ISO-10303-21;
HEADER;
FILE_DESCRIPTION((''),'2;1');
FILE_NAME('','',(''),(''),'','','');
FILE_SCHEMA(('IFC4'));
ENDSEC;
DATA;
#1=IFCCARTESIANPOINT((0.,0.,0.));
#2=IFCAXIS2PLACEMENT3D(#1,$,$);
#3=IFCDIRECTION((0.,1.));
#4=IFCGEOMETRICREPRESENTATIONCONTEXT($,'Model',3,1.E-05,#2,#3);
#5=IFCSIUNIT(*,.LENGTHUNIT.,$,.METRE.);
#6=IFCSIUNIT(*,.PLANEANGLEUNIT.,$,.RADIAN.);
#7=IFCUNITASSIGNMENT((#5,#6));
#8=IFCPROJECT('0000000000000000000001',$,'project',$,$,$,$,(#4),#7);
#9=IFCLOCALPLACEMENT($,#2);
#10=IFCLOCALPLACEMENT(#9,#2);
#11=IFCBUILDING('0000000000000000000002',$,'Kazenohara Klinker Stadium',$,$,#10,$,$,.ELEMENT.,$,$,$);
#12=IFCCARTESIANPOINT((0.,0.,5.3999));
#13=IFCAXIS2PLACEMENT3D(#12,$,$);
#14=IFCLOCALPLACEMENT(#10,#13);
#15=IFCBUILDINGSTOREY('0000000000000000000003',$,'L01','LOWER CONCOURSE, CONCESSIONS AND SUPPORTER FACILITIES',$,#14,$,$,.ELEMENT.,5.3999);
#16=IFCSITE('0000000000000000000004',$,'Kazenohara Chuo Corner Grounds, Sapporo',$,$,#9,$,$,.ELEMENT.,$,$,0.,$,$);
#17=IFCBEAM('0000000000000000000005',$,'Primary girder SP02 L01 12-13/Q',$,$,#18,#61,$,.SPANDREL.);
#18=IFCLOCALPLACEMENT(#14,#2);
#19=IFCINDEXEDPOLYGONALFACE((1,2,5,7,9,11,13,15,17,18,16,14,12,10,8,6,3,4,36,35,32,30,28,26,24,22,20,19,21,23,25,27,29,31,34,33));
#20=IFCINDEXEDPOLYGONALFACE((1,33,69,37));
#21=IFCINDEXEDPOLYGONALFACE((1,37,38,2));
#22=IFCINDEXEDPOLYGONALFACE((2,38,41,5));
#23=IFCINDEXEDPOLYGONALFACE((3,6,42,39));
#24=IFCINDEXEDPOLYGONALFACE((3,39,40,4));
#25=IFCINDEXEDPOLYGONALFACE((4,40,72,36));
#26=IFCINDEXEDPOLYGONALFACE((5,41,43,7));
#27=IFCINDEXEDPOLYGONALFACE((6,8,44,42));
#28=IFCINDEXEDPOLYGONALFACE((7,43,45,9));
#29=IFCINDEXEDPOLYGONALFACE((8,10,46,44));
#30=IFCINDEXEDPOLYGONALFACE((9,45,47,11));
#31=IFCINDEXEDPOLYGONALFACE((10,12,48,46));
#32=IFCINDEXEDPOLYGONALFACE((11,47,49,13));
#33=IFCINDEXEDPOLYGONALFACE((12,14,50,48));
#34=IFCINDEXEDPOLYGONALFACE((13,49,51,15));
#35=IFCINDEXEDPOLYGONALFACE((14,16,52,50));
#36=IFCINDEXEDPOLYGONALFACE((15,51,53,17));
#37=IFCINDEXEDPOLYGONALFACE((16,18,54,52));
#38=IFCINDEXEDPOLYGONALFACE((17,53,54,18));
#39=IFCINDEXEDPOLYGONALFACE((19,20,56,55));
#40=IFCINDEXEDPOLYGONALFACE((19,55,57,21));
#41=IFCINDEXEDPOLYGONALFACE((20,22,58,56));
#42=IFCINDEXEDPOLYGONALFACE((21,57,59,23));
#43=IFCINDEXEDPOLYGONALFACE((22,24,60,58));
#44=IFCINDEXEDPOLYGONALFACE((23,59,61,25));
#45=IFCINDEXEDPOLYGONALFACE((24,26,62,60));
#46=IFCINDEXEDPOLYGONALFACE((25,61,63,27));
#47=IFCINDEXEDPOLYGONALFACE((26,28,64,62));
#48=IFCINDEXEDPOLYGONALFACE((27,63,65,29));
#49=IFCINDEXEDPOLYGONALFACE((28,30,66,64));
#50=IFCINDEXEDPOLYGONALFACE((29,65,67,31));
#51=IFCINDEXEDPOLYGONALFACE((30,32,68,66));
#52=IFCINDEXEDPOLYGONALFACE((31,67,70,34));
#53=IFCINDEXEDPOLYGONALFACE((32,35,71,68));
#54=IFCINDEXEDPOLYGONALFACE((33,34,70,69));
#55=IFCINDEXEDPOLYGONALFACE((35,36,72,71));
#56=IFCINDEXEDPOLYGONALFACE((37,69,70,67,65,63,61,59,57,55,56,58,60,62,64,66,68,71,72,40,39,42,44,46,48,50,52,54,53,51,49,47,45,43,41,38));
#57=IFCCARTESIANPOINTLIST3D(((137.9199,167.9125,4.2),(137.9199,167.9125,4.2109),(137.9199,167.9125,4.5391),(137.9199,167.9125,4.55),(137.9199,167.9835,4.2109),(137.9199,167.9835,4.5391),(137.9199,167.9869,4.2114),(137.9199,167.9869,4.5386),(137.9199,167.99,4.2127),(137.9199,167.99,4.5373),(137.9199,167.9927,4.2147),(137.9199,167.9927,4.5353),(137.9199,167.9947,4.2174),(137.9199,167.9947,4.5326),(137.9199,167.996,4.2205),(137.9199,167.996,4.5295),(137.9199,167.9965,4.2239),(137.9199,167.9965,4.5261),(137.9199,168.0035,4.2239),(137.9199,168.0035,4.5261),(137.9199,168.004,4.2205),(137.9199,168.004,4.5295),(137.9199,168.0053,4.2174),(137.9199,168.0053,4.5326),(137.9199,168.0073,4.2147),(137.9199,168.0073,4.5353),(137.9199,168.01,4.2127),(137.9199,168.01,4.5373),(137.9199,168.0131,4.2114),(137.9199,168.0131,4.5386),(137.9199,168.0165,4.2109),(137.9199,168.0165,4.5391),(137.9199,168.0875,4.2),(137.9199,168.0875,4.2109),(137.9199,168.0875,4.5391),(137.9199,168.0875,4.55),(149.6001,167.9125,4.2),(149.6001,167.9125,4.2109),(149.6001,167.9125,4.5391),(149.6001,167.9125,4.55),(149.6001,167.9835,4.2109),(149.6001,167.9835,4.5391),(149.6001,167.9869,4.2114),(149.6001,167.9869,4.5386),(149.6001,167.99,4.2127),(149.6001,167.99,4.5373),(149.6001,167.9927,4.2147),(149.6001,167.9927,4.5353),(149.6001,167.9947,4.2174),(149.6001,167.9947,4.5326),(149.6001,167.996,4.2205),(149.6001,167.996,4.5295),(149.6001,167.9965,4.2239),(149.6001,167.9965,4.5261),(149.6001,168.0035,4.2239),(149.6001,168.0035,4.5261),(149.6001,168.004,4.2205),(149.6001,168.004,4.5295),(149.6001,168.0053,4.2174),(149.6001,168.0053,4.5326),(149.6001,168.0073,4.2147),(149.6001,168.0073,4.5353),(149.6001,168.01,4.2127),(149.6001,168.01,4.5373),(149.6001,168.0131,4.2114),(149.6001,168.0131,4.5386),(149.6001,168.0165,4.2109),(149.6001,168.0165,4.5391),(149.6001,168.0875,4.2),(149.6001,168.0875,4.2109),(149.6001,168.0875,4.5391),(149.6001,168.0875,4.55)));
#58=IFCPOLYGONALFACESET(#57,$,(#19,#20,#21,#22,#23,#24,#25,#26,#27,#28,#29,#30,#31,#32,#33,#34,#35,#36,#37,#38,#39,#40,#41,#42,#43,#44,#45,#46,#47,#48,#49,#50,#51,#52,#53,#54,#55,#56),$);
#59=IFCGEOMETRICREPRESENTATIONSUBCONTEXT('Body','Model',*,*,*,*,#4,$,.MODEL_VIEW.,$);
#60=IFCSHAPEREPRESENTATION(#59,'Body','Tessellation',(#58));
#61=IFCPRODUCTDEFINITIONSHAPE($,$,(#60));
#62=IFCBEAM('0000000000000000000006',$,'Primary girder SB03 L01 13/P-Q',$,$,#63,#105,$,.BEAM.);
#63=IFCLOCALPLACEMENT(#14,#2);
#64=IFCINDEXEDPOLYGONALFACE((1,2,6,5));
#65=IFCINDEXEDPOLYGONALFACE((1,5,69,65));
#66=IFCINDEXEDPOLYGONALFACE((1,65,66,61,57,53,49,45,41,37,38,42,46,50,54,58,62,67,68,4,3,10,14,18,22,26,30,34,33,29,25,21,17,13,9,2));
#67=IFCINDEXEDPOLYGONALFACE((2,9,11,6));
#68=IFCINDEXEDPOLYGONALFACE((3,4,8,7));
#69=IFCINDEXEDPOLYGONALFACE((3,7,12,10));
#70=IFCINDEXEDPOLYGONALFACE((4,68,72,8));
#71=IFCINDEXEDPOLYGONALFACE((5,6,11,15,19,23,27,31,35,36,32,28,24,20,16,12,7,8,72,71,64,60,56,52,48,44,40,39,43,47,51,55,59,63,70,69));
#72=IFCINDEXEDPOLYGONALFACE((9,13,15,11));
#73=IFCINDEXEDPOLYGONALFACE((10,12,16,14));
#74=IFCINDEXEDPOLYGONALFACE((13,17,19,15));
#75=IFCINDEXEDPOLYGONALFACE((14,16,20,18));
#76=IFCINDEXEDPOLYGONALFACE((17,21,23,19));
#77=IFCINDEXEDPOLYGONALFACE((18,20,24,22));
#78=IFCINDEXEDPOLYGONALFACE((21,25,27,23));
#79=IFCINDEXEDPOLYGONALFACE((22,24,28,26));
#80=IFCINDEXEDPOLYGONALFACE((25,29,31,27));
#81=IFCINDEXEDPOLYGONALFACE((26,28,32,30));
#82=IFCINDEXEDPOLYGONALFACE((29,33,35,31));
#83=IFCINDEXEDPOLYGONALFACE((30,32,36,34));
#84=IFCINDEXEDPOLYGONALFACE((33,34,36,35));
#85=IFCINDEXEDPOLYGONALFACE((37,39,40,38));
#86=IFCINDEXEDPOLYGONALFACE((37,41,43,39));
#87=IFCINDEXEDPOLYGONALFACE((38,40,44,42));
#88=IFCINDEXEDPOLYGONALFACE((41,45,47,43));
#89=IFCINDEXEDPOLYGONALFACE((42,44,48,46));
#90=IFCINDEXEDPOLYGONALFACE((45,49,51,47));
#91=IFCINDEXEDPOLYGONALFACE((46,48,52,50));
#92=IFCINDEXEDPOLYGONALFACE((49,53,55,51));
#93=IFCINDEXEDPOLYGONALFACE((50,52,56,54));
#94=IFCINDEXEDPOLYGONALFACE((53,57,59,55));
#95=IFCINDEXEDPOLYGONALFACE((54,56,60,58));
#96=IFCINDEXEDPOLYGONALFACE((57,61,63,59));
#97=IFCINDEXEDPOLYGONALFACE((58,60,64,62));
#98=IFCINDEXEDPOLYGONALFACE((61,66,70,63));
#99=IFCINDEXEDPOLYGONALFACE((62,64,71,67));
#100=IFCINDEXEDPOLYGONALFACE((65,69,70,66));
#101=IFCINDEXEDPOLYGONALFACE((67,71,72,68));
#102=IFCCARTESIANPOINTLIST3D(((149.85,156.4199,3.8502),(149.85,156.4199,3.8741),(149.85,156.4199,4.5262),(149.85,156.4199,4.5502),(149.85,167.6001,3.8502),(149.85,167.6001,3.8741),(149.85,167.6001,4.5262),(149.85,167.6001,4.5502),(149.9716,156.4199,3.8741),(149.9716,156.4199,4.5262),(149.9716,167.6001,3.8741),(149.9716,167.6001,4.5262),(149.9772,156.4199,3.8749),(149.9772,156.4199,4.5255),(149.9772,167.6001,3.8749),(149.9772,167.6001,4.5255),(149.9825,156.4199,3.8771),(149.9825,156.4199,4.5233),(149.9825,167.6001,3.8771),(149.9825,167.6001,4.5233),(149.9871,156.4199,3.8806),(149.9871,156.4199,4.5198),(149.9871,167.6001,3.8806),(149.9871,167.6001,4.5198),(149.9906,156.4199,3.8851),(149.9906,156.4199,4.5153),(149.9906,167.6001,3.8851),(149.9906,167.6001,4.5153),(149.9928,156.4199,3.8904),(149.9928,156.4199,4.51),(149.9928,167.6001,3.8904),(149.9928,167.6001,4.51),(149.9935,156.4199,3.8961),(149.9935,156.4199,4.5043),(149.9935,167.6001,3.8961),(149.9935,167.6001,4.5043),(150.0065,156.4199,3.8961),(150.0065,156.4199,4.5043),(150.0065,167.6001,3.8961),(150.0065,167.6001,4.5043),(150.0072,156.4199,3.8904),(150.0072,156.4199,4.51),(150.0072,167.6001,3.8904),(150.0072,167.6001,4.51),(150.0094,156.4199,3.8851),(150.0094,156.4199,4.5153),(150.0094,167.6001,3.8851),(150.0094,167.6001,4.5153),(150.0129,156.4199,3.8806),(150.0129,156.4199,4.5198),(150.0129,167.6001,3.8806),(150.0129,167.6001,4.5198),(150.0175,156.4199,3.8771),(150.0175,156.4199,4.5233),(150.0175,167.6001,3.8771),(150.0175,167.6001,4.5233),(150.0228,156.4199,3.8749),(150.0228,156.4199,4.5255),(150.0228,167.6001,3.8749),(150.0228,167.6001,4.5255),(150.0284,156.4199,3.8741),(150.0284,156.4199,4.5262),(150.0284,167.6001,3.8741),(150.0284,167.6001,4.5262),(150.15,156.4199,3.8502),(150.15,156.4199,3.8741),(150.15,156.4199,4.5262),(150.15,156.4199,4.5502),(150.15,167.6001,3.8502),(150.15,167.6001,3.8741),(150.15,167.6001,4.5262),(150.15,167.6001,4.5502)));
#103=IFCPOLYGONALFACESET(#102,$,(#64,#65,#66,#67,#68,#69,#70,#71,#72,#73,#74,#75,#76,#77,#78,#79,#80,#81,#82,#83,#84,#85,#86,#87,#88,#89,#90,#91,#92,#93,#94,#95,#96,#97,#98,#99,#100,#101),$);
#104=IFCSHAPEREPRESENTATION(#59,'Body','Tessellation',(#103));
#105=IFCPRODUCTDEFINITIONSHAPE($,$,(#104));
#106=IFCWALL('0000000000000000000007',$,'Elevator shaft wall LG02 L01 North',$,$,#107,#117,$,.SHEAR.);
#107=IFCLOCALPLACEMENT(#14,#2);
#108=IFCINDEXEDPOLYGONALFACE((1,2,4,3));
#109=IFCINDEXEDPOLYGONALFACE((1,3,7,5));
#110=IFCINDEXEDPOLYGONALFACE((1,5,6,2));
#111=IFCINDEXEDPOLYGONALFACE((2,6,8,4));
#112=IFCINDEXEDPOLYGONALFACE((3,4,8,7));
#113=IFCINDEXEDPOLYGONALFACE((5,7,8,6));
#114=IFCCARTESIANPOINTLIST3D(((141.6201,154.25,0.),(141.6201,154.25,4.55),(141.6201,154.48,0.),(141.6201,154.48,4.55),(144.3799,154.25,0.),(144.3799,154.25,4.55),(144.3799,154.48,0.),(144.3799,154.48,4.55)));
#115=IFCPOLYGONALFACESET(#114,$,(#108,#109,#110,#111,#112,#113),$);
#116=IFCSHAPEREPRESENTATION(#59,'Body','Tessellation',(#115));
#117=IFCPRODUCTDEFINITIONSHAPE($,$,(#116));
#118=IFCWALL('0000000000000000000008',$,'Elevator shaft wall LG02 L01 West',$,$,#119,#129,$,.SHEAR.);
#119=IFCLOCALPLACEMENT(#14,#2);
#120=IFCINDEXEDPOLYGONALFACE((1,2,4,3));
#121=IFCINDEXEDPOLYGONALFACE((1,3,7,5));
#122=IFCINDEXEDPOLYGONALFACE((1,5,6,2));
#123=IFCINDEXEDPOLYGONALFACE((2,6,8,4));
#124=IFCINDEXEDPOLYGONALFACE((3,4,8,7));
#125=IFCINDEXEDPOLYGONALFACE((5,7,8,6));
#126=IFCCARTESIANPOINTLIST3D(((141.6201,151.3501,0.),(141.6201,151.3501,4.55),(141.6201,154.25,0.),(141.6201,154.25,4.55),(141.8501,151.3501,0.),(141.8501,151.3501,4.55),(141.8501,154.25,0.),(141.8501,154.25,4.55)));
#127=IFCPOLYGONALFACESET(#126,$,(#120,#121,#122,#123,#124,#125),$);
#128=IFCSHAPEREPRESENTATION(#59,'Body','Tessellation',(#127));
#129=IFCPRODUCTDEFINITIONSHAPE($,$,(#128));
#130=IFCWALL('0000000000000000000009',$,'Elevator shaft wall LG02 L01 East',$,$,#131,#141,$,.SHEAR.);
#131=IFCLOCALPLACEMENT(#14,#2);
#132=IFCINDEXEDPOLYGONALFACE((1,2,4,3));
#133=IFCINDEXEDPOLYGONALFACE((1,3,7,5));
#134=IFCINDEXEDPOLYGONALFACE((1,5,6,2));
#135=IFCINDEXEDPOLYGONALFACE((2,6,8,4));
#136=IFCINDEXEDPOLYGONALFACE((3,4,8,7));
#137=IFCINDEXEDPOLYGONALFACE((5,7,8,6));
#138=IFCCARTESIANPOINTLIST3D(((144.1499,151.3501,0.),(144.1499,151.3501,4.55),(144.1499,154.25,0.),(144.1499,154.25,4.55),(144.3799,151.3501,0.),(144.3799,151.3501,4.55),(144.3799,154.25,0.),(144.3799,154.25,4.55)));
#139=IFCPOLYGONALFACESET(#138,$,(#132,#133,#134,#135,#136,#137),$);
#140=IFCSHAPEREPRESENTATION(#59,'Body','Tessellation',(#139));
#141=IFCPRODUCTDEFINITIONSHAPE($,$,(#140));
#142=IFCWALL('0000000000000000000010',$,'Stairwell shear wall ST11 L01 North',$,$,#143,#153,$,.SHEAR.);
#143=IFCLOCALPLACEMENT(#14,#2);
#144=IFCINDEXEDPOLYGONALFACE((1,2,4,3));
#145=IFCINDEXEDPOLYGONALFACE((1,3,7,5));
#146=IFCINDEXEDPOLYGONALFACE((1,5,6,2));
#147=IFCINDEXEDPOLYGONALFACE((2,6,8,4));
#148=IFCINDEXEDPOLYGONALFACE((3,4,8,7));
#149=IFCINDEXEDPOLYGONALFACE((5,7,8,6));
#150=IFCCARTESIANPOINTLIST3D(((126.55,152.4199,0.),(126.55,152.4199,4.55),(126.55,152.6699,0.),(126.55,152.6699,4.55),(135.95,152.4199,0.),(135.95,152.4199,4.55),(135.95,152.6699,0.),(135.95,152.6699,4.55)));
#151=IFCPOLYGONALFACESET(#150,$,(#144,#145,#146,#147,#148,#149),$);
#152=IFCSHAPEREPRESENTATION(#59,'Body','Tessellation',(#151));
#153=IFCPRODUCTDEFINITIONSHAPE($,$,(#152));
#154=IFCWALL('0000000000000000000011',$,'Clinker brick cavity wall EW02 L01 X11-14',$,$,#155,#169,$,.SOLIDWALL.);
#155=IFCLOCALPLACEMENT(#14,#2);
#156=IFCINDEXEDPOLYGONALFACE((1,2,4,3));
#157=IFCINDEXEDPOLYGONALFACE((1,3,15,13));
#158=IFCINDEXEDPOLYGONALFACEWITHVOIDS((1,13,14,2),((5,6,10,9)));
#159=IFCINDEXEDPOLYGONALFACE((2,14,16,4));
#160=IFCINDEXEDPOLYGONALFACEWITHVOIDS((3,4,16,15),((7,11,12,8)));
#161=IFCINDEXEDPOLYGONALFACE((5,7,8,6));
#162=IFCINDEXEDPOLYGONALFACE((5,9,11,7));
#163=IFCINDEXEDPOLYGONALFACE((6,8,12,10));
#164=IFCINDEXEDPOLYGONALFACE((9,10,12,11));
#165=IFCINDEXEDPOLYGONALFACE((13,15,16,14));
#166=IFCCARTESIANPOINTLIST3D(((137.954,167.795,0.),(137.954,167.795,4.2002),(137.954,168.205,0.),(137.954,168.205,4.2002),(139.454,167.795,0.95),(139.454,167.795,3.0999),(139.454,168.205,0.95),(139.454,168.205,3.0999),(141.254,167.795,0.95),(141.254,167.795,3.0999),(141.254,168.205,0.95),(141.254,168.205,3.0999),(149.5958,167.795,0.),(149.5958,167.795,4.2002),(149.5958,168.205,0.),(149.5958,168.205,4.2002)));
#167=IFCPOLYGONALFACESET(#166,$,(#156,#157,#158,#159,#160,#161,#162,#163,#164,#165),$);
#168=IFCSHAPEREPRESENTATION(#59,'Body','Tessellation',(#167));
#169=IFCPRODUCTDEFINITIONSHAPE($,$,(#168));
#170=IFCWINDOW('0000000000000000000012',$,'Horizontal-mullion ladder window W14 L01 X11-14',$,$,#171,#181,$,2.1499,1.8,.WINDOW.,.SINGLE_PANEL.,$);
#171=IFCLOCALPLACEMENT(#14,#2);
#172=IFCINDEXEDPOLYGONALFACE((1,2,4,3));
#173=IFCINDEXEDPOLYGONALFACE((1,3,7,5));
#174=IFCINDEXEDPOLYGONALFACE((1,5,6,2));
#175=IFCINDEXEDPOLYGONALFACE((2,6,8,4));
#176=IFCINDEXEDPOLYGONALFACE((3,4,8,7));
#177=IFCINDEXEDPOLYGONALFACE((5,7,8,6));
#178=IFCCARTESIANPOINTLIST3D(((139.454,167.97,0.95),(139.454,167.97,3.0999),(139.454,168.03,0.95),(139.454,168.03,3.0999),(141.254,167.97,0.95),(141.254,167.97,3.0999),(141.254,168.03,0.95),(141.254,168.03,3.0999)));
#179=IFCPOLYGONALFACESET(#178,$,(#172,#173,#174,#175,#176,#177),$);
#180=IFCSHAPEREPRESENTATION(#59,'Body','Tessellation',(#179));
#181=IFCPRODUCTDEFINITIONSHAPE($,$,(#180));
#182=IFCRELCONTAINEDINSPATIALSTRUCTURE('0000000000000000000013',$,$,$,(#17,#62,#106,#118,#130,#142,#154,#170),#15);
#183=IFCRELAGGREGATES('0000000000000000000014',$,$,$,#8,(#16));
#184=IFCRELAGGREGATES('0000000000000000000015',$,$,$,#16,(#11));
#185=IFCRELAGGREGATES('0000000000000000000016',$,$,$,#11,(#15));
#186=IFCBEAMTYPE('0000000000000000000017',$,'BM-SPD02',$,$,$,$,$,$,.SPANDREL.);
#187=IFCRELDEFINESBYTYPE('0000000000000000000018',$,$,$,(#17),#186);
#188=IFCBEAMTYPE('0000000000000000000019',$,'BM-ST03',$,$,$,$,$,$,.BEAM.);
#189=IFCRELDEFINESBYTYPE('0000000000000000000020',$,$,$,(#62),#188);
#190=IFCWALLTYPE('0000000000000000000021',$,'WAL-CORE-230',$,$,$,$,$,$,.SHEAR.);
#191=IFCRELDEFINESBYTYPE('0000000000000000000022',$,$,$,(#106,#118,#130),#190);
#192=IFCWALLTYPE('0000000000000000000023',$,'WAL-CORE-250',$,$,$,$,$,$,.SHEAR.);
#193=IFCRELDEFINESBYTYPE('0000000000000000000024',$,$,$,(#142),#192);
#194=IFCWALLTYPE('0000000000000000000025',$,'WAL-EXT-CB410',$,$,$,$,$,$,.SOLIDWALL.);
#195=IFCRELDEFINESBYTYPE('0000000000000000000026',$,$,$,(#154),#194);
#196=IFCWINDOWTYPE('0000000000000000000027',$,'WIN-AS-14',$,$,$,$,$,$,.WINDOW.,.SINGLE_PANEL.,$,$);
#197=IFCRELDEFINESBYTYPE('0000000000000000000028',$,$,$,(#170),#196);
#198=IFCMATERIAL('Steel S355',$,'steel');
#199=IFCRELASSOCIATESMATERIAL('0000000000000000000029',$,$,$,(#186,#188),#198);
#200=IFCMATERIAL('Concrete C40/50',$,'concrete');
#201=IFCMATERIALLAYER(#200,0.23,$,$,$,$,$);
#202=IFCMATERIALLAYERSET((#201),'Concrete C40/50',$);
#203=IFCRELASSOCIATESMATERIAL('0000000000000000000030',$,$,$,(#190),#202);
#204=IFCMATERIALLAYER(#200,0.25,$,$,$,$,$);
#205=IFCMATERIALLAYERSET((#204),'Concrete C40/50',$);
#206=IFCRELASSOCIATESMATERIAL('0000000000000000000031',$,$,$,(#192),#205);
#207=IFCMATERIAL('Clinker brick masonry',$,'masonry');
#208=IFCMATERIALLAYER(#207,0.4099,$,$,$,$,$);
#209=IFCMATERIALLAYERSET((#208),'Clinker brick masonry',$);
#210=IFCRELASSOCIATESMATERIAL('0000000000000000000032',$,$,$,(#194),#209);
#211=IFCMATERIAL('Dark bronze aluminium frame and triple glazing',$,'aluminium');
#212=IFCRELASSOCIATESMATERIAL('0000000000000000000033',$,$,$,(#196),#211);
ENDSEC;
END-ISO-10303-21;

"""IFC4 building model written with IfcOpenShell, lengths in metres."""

from ifc_helpers import new_model, si_unit, direction, frame, frame_2d, origin, origin_2d, place, context, subcontext, project, spatial, rectangle, i_section, extrude, material, layer, layer_set, material_profile, profile_set, type_object, element, fill, save


model = new_model("IFC4")

# Units and contexts
model_context = context("Model", 3, precision=1e-05, world=origin(), true_north=direction((0.0, 1.0)))
body_context = subcontext(model_context, "Body", "Model", "MODEL_VIEW")
ifc_project = project(units=[si_unit("LENGTHUNIT", "METRE"), si_unit("PLANEANGLEUNIT", "RADIAN")], contexts=[model_context])

# Site, building, storey
site_placement = place(None, origin())
site = spatial("IfcSite", under=ifc_project, at=site_placement, Name="Kazenohara Chuo Corner Grounds, Sapporo", CompositionType="ELEMENT", RefElevation=0.0)
building_placement = place(site_placement, origin())
building = spatial("IfcBuilding", under=site, at=building_placement, Name="Kazenohara Klinker Stadium", CompositionType="ELEMENT")
storey_placement = place(building_placement, frame((0.0, 0.0, 5.3999)))
storey = spatial("IfcBuildingStorey", under=building, at=storey_placement, Name="L01", Description="LOWER CONCOURSE, CONCESSIONS AND SUPPORTER FACILITIES", CompositionType="ELEMENT", Elevation=5.3999)

# Shared definitions
ifc_material_1 = material(Name="Concrete C40/50", Category="concrete")

# Beams
ifc_material_2 = material(Name="Steel S355", Category="steel")
ifc_material_profile_1 = material_profile(ifc_material_2, i_section(OverallWidth=0.175, OverallDepth=0.3501, WebThickness=0.0071, FlangeThickness=0.011, FilletRadius=0.0129, at=origin_2d()), Name="H-350x175x7x11")
ifc_profile_set_1 = profile_set([ifc_material_profile_1], Name="Steel S355")
beam_type_1 = type_object("IfcBeamType", Name="BM-SPD02", PredefinedType="SPANDREL", material=ifc_profile_set_1)
beam_1_placement = place(storey_placement, frame((137.9199, 168.0, 4.375), z_axis=(1.0, 0.0, 0.0), x_axis=(0.0, 1.0, 0.0)))
element("IfcBeam", 1, at=beam_1_placement, inside=storey, type_object=beam_type_1, Name="Primary girder SP02 L01 12-13/Q", PredefinedType="SPANDREL", context=body_context, shape_type="SweptSolid", body=[
    extrude(i_section(OverallWidth=0.175, OverallDepth=0.3501, WebThickness=0.0071, FlangeThickness=0.011, FilletRadius=0.0129, at=origin_2d()), origin(), (0.0, 0.0, 1.0), 11.6802),
])
ifc_material_profile_2 = material_profile(ifc_material_2, i_section(OverallWidth=0.3, OverallDepth=0.7, WebThickness=0.0129, FlangeThickness=0.0239, FilletRadius=0.022, at=origin_2d()), Name="H-700x300x13x24")
ifc_profile_set_2 = profile_set([ifc_material_profile_2], Name="Steel S355")
beam_type_2 = type_object("IfcBeamType", Name="BM-ST03", PredefinedType="BEAM", material=ifc_profile_set_2)
beam_2_placement = place(storey_placement, frame((150.0, 156.4199, 4.2002), z_axis=(0.0, 1.0, 0.0), x_axis=(-1.0, 0.0, 0.0)))
element("IfcBeam", 2, at=beam_2_placement, inside=storey, type_object=beam_type_2, Name="Primary girder SB03 L01 13/P-Q", PredefinedType="BEAM", context=body_context, shape_type="SweptSolid", body=[
    extrude(i_section(OverallWidth=0.3, OverallDepth=0.7, WebThickness=0.0129, FlangeThickness=0.0239, FilletRadius=0.022, at=origin_2d()), origin(), (0.0, 0.0, 1.0), 11.1802),
])

# Walls
ifc_layer_1 = layer(ifc_material_1, 0.23)
ifc_layer_set_1 = layer_set([ifc_layer_1], Name="Concrete C40/50")
wall_type_1 = type_object("IfcWallType", Name="WAL-CORE-230", PredefinedType="SHEAR", material=ifc_layer_set_1)
wall_1_placement = place(storey_placement, frame((141.6201, 154.365, 0.0), z_axis=(0.0, 0.0, 1.0), x_axis=(1.0, 0.0, 0.0)))
element("IfcWall", 3, at=wall_1_placement, inside=storey, type_object=wall_type_1, Name="Elevator shaft wall LG02 L01 North", PredefinedType="SHEAR", context=body_context, shape_type="SweptSolid", body=[
    extrude(rectangle(XDim=2.7598, YDim=0.23, at=frame_2d((1.3799, 0.0))), origin(), (0.0, 0.0, 1.0), 4.55),
])
for number, where, z_axis, x_axis, name in (
    (4, (141.7351, 151.3501, 0.0), (0.0, 0.0, 1.0), (0.0, 1.0, 0.0), "Elevator shaft wall LG02 L01 West"),
    (5, (144.2649, 151.3501, 0.0), (0.0, 0.0, 1.0), (0.0, 1.0, 0.0), "Elevator shaft wall LG02 L01 East"),
):
    element("IfcWall", number, at=place(storey_placement, frame(where, z_axis=z_axis, x_axis=x_axis)), inside=storey, type_object=wall_type_1, Name=name, PredefinedType="SHEAR", context=body_context, shape_type="SweptSolid", body=[
        extrude(rectangle(XDim=2.8999, YDim=0.23, at=frame_2d((1.45, 0.0))), origin(), (0.0, 0.0, 1.0), 4.55),
    ])
ifc_layer_2 = layer(ifc_material_1, 0.25)
ifc_layer_set_2 = layer_set([ifc_layer_2], Name="Concrete C40/50")
wall_type_2 = type_object("IfcWallType", Name="WAL-CORE-250", PredefinedType="SHEAR", material=ifc_layer_set_2)
wall_2_placement = place(storey_placement, frame((126.55, 152.5449, 0.0), z_axis=(0.0, 0.0, 1.0), x_axis=(1.0, 0.0, 0.0)))
element("IfcWall", 6, at=wall_2_placement, inside=storey, type_object=wall_type_2, Name="Stairwell shear wall ST11 L01 North", PredefinedType="SHEAR", context=body_context, shape_type="SweptSolid", body=[
    extrude(rectangle(XDim=9.3999, YDim=0.25, at=frame_2d((4.7, 0.0))), origin(), (0.0, 0.0, 1.0), 4.55),
])

# Wall, opening, window
ifc_material_3 = material(Name="Clinker brick masonry", Category="masonry")
ifc_layer_3 = layer(ifc_material_3, 0.4099)
ifc_layer_set_3 = layer_set([ifc_layer_3], Name="Clinker brick masonry")
wall_type_3 = type_object("IfcWallType", Name="WAL-EXT-CB410", PredefinedType="SOLIDWALL", material=ifc_layer_set_3)
wall_3_placement = place(storey_placement, frame((137.9541, 168.0, 0.0), z_axis=(0.0, 0.0, 1.0), x_axis=(1.0, 0.0, 0.0)))
wall_3 = element("IfcWall", 7, at=wall_3_placement, inside=storey, type_object=wall_type_3, Name="Clinker brick cavity wall EW02 L01 X11-14", PredefinedType="SOLIDWALL", context=body_context, shape_type="SweptSolid", body=[
    extrude(rectangle(XDim=11.6418, YDim=0.4099, at=frame_2d((5.8208, 0.0))), origin(), (0.0, 0.0, 1.0), 4.2002),
])
opening_1_placement = place(wall_3_placement, frame((1.5, 0.0, 0.95)))
opening_1 = element("IfcOpeningElement", 8, at=opening_1_placement, cuts=wall_3, PredefinedType="OPENING", context=body_context, shape_type="SweptSolid", body=[
    extrude(rectangle(XDim=1.8, YDim=2.1499, at=frame_2d((0.8999, 1.075))), frame((0.0, 0.2148, 0.0), z_axis=(0.0, -1.0, 0.0), x_axis=(1.0, 0.0, 0.0)), (0.0, 0.0, 1.0), 0.4299),
])
ifc_material_4 = material(Name="Dark bronze aluminium frame and triple glazing", Category="aluminium")
window_type = type_object("IfcWindowType", Name="WIN-AS-14", PartitioningType="SINGLE_PANEL", PredefinedType="WINDOW", material=ifc_material_4)
window_placement = place(opening_1_placement, origin())
window = element("IfcWindow", 9, at=window_placement, inside=storey, type_object=window_type, Name="Horizontal-mullion ladder window W14 L01 X11-14", OverallHeight=2.1499, OverallWidth=1.8, PartitioningType="SINGLE_PANEL", PredefinedType="WINDOW", context=body_context, shape_type="SweptSolid", body=[
    extrude(rectangle(XDim=1.8, YDim=2.1499, at=frame_2d((0.8999, 1.075))), frame((0.0, 0.03, 0.0), z_axis=(0.0, -1.0, 0.0), x_axis=(1.0, 0.0, 0.0)), (0.0, 0.0, 1.0), 0.0601),
])
fill(opening_1, window)

save(model, "model.ifc")
